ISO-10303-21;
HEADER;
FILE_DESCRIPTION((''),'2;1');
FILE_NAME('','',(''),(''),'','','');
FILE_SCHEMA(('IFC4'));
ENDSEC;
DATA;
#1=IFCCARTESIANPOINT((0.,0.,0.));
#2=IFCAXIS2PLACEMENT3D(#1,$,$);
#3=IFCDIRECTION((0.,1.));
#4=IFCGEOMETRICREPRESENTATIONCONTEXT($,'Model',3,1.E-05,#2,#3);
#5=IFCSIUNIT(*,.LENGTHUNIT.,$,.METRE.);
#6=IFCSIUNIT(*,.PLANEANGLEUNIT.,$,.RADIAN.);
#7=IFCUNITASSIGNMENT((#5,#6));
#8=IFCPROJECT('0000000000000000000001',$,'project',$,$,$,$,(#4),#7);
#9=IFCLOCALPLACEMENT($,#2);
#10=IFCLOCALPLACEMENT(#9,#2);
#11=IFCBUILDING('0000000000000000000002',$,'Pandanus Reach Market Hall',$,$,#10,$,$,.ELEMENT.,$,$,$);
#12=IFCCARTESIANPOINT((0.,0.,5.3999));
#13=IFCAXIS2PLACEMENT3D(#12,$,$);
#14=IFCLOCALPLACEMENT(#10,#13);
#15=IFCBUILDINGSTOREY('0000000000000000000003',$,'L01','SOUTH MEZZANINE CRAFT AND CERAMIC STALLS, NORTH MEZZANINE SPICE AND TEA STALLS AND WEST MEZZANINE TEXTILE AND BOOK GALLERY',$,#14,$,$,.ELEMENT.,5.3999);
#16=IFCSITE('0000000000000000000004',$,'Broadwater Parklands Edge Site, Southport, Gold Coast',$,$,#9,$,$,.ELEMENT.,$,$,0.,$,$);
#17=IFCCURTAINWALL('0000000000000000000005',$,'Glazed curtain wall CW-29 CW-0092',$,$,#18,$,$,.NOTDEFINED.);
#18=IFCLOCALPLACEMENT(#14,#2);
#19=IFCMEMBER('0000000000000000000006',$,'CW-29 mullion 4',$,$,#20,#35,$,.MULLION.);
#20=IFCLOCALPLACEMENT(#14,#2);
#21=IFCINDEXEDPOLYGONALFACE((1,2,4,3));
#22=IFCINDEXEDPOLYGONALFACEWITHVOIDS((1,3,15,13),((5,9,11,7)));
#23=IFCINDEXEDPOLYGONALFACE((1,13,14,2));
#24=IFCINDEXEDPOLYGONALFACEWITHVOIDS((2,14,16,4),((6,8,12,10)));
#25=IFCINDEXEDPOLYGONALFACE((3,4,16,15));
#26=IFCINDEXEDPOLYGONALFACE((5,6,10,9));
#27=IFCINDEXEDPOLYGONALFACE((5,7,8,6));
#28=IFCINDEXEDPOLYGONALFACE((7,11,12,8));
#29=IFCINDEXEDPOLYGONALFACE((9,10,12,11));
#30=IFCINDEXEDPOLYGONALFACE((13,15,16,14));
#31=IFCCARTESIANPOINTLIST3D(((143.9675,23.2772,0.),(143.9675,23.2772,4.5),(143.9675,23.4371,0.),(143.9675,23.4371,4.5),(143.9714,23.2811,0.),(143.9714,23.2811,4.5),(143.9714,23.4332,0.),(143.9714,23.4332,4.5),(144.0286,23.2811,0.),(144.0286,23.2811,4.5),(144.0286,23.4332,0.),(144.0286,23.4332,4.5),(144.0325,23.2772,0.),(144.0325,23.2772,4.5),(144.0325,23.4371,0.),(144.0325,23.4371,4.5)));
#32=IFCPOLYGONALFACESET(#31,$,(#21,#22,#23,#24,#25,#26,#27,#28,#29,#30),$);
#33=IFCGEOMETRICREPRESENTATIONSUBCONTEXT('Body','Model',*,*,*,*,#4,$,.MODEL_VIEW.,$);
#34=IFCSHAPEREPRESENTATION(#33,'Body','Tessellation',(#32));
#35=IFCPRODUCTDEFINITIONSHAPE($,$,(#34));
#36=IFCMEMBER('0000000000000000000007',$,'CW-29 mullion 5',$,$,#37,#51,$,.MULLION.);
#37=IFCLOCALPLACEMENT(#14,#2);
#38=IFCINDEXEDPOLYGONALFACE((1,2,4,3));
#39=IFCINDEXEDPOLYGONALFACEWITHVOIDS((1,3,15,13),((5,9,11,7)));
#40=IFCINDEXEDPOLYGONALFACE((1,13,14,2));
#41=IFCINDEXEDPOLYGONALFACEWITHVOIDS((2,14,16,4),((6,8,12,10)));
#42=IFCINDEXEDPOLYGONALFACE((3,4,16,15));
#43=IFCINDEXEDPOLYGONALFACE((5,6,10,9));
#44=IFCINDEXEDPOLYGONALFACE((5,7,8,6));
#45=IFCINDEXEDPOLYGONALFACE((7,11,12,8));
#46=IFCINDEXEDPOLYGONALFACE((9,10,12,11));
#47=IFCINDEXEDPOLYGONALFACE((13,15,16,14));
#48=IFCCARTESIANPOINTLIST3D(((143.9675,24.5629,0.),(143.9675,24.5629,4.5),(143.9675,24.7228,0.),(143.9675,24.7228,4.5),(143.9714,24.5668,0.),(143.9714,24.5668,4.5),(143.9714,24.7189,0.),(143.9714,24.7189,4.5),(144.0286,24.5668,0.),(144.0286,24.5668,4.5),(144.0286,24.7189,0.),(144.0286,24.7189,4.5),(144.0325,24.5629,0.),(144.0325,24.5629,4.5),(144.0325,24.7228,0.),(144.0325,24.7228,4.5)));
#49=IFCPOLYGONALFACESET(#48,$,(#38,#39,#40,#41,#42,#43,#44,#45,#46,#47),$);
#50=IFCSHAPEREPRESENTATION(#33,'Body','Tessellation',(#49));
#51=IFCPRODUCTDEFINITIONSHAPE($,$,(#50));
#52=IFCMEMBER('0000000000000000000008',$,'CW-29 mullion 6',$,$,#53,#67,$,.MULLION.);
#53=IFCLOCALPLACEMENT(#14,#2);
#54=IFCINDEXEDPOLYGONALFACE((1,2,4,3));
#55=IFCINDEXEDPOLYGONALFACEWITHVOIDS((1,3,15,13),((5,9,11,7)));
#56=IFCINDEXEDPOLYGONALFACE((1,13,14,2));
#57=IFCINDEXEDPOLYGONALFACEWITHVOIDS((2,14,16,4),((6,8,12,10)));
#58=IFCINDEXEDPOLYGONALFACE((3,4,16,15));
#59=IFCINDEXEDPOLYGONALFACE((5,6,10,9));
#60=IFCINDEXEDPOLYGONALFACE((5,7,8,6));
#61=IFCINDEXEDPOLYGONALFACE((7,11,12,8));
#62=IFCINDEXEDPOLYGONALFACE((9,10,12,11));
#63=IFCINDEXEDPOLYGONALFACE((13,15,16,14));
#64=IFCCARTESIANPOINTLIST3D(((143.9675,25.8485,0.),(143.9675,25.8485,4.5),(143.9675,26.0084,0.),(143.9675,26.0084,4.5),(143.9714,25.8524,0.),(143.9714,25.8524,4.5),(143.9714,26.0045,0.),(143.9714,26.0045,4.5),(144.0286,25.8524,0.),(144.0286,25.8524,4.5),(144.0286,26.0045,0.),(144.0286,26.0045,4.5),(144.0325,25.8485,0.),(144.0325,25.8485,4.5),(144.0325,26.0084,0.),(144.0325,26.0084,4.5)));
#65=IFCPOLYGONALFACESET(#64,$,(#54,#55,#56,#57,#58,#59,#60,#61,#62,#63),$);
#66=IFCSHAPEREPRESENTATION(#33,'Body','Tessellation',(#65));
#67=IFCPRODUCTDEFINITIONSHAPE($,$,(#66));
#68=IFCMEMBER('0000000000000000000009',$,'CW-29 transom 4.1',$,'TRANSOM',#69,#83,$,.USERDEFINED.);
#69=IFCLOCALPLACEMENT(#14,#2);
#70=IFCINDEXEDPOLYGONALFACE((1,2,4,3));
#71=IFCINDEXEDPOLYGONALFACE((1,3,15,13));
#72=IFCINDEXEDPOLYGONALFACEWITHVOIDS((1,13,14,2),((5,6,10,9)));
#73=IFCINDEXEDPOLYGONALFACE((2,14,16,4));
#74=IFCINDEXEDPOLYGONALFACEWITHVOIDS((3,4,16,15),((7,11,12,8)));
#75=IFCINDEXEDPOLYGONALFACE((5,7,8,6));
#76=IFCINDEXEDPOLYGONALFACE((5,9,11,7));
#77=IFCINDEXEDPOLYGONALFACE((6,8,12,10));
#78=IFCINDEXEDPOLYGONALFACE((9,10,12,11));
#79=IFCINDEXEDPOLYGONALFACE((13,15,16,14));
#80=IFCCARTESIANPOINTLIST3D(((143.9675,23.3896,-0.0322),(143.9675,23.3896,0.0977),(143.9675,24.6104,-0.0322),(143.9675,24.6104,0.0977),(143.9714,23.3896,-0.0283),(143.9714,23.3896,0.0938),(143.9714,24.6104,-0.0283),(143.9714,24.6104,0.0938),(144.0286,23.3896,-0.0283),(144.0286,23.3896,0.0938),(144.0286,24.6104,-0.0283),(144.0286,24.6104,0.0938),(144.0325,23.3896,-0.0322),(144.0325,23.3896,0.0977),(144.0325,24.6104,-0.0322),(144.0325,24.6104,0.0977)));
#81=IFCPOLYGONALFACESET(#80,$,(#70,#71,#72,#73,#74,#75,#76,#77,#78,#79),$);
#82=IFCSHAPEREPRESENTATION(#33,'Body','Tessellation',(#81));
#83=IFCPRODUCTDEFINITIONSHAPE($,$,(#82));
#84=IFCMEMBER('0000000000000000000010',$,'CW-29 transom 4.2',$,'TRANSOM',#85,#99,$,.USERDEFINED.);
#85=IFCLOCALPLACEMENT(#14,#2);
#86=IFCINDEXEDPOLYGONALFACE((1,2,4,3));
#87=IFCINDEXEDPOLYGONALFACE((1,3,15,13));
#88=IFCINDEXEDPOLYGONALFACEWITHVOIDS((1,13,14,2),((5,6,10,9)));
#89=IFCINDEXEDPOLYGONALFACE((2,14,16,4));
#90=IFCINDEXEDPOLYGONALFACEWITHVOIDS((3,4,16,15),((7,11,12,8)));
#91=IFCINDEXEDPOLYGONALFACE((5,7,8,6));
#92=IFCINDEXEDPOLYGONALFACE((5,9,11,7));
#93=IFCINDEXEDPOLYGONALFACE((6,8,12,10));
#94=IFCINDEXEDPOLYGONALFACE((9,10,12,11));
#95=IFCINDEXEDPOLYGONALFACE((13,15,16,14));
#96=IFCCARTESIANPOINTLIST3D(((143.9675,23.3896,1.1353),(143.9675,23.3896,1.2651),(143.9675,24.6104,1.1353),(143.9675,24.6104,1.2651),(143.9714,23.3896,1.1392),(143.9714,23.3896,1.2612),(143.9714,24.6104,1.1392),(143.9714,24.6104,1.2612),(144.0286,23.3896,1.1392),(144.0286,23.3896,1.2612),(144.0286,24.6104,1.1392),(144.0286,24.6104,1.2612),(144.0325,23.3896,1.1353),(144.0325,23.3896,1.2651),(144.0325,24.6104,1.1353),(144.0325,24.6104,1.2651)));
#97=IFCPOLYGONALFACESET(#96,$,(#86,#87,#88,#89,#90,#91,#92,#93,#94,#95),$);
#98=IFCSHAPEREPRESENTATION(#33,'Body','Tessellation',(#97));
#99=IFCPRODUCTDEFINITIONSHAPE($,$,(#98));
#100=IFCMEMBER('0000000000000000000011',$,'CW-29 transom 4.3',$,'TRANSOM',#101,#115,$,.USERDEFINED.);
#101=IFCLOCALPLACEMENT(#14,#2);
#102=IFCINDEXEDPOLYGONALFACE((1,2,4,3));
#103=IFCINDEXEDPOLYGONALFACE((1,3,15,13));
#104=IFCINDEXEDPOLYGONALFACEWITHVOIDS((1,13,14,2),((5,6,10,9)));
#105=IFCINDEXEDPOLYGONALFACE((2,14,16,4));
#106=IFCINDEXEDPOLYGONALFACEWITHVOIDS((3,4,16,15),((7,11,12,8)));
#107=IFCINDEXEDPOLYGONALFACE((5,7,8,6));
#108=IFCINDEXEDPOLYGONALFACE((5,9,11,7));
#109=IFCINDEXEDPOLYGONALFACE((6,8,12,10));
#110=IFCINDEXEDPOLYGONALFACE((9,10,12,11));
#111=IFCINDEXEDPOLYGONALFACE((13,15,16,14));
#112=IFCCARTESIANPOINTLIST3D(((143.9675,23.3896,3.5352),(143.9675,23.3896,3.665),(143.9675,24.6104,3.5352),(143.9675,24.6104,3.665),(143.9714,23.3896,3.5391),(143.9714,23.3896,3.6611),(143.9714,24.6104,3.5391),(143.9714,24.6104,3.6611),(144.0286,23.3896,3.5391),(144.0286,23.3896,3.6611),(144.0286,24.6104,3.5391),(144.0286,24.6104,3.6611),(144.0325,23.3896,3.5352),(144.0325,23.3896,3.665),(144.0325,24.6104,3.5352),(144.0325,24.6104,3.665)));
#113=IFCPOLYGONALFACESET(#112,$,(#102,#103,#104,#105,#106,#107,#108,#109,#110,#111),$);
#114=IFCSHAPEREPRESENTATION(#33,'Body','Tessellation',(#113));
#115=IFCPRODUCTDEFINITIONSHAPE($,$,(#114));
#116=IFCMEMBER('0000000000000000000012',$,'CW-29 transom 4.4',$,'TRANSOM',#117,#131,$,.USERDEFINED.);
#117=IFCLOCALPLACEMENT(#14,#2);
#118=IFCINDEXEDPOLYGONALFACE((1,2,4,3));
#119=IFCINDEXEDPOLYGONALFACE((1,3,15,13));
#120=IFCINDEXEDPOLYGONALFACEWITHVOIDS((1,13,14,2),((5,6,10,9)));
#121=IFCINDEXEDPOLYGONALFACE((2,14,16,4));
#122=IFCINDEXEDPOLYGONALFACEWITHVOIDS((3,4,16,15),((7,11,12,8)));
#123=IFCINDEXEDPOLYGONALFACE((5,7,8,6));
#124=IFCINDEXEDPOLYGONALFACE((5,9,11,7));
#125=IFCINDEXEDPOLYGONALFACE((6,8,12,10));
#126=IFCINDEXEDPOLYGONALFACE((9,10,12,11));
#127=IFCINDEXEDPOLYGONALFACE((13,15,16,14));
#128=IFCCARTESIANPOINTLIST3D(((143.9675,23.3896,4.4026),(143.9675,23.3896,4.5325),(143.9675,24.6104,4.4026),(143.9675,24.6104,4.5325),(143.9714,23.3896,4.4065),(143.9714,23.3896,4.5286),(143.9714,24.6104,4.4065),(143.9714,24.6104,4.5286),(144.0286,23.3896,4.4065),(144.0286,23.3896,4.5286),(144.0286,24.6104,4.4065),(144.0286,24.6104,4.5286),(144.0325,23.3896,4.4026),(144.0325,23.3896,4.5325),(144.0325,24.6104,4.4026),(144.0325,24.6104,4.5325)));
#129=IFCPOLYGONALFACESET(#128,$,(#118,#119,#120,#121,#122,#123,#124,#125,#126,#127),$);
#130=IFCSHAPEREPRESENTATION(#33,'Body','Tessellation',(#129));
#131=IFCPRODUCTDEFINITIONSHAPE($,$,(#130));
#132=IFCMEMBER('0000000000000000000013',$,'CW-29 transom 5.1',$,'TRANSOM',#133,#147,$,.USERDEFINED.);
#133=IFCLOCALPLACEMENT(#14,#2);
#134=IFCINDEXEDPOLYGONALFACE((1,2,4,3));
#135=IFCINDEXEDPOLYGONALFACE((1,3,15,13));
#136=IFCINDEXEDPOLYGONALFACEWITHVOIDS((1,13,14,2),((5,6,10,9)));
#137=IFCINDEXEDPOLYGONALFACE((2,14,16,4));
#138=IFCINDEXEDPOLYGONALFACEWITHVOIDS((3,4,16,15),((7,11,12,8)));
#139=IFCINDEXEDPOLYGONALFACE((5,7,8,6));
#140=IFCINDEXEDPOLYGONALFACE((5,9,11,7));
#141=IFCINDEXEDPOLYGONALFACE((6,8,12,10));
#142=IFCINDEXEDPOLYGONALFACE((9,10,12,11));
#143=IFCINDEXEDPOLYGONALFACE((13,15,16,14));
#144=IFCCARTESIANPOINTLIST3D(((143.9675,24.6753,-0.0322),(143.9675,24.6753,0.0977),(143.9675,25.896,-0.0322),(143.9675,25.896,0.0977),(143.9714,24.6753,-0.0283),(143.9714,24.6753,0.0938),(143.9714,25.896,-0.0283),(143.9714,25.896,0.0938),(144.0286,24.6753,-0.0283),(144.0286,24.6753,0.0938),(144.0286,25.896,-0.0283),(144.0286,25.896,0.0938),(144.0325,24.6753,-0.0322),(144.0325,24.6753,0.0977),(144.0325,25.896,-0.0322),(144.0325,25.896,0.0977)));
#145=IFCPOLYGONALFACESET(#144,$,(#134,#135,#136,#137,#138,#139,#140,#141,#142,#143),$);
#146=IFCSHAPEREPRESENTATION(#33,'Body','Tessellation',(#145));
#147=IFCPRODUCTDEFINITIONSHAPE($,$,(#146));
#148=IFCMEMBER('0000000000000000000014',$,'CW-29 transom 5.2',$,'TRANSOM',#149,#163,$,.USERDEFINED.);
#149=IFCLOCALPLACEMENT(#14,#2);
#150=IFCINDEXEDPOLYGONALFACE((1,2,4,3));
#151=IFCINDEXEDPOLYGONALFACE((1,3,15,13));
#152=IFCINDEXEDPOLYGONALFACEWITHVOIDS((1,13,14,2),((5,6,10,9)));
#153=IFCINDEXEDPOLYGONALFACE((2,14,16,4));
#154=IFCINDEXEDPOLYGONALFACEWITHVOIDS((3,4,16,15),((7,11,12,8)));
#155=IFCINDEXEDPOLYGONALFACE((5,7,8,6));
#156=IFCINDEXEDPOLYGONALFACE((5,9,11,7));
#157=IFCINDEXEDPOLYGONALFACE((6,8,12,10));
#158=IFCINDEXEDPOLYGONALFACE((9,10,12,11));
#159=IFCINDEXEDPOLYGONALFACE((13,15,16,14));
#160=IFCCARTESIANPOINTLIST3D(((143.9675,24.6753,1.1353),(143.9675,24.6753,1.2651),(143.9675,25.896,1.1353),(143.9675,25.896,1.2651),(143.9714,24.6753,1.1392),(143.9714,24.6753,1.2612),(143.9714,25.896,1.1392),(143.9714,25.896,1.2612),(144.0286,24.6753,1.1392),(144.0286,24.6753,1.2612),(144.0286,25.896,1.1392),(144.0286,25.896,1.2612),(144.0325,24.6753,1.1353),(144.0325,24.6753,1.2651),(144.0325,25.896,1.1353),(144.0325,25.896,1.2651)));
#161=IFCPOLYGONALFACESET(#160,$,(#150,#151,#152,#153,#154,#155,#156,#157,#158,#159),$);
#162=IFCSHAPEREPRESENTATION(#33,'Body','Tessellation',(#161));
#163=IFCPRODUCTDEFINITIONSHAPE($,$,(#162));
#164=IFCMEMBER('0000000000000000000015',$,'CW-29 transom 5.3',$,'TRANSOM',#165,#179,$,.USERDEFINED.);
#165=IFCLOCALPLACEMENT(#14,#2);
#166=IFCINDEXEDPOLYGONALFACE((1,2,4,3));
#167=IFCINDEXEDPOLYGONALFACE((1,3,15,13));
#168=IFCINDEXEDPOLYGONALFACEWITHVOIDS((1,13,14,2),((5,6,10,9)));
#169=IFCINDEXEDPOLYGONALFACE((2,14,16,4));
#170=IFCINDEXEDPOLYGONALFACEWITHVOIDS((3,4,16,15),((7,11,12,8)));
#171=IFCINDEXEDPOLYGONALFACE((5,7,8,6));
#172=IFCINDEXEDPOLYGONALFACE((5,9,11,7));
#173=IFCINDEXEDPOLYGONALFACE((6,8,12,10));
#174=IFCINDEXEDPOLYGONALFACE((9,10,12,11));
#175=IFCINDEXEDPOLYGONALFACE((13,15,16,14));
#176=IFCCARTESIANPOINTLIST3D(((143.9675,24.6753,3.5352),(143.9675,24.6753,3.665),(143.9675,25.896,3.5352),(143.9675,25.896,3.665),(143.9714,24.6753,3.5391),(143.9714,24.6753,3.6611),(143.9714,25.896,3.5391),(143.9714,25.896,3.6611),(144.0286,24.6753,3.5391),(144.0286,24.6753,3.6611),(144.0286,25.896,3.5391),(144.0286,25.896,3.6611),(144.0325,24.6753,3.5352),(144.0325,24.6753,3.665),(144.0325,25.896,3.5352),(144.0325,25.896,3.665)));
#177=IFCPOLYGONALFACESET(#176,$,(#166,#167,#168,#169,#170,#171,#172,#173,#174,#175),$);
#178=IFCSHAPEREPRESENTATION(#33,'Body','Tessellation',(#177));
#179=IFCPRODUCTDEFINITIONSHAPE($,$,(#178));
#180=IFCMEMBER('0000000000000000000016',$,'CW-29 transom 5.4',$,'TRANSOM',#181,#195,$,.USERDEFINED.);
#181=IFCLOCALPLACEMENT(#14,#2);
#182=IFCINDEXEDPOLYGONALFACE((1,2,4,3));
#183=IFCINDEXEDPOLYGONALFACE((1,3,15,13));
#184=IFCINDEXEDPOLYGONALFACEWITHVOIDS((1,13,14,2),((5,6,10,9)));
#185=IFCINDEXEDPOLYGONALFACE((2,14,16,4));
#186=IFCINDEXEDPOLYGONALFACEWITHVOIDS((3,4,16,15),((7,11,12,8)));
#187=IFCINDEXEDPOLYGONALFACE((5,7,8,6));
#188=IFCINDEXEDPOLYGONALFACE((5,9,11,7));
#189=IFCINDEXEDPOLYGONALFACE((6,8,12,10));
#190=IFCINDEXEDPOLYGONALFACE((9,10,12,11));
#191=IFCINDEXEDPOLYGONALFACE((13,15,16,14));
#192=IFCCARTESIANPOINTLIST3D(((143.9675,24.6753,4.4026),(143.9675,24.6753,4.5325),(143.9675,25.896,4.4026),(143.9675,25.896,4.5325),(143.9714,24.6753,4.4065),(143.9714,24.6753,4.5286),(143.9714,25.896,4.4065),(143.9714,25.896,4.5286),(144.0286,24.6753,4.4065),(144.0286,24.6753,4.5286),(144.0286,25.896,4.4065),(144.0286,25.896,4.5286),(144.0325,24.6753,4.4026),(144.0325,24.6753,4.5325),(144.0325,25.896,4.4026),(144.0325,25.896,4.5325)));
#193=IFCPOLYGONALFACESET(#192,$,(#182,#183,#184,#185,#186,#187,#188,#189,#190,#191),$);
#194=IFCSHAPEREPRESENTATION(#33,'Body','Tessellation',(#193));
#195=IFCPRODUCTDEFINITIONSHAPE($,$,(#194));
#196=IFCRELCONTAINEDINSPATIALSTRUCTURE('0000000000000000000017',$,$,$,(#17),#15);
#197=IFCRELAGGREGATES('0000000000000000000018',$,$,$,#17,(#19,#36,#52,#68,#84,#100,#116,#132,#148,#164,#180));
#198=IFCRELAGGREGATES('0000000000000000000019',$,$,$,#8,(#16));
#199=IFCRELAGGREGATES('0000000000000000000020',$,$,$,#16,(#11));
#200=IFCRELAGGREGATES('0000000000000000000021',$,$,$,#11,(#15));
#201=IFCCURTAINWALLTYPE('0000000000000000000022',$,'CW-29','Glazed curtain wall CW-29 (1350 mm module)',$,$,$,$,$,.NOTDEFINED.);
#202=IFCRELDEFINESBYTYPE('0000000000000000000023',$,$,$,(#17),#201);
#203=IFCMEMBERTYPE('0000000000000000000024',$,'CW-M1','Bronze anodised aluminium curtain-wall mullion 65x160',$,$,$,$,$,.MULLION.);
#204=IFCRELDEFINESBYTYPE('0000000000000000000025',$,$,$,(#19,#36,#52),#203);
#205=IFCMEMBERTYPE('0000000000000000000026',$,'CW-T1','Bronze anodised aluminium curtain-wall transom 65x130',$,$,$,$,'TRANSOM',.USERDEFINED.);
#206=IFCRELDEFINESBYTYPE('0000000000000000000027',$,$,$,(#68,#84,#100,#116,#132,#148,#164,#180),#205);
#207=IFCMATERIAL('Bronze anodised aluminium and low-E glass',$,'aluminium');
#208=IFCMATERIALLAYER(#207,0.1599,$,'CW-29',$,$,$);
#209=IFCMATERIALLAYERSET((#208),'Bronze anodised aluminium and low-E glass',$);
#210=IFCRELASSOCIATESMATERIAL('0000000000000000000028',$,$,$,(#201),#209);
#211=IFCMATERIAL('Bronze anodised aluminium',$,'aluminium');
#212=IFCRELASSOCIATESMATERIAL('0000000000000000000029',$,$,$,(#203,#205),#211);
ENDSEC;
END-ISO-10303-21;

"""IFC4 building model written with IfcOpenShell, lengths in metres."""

from ifc_helpers import new_model, si_unit, direction, frame, origin, origin_2d, place, context, subcontext, project, spatial, hollow_rectangle, extrude, material, layer, layer_set, material_profile, profile_set, type_object, element, aggregate, save


model = new_model("IFC4")

# Units and contexts
model_context = context("Model", 3, precision=1e-05, world=origin(), true_north=direction((0.0, 1.0)))
body_context = subcontext(model_context, "Body", "Model", "MODEL_VIEW")
ifc_project = project(units=[si_unit("LENGTHUNIT", "METRE"), si_unit("PLANEANGLEUNIT", "RADIAN")], contexts=[model_context])

# Site, building, storey
site_placement = place(None, origin())
site = spatial("IfcSite", under=ifc_project, at=site_placement, Name="Broadwater Parklands Edge Site, Southport, Gold Coast", CompositionType="ELEMENT", RefElevation=0.0)
building_placement = place(site_placement, origin())
building = spatial("IfcBuilding", under=site, at=building_placement, Name="Pandanus Reach Market Hall", CompositionType="ELEMENT")
storey_placement = place(building_placement, frame((0.0, 0.0, 5.3999)))
storey = spatial("IfcBuildingStorey", under=building, at=storey_placement, Name="L01", Description="SOUTH MEZZANINE CRAFT AND CERAMIC STALLS, NORTH MEZZANINE SPICE AND TEA STALLS AND WEST MEZZANINE TEXTILE AND BOOK GALLERY", CompositionType="ELEMENT", Elevation=5.3999)

# Curtain wall, members
ifc_material_1 = material(Name="Bronze anodised aluminium and low-E glass", Category="aluminium")
ifc_layer_1 = layer(ifc_material_1, 0.1599, Name="CW-29")
ifc_layer_set_1 = layer_set([ifc_layer_1], Name="Bronze anodised aluminium and low-E glass")
curtain_wall_type = type_object("IfcCurtainWallType", Name="CW-29", Description="Glazed curtain wall CW-29 (1350 mm module)", PredefinedType="NOTDEFINED", material=ifc_layer_set_1)
curtain_wall_placement = place(storey_placement, origin())
curtain_wall = element("IfcCurtainWall", 1, at=curtain_wall_placement, inside=storey, type_object=curtain_wall_type, Name="Glazed curtain wall CW-29 CW-0092", PredefinedType="NOTDEFINED")
ifc_material_2 = material(Name="Bronze anodised aluminium", Category="aluminium")
ifc_material_profile_1 = material_profile(ifc_material_2, hollow_rectangle(XDim=0.0649, YDim=0.1599, WallThickness=0.0039, at=origin_2d()), Name="ALU65x160", Category="LoadBearing")
ifc_profile_set_1 = profile_set([ifc_material_profile_1], Name="Bronze anodised aluminium")
member_type_1 = type_object("IfcMemberType", Name="CW-M1", Description="Bronze anodised aluminium curtain-wall mullion 65x160", PredefinedType="MULLION", material=ifc_profile_set_1)
member_1_placement = place(storey_placement, frame((144.0, 23.3572, 0.0), z_axis=(0.0, 0.0, 1.0), x_axis=(-1.0, 0.0, 0.0)))
member_1 = element("IfcMember", 2, at=member_1_placement, type_object=member_type_1, Name="CW-29 mullion 4", PredefinedType="MULLION", context=body_context, shape_type="SweptSolid", body=[
    extrude(hollow_rectangle(XDim=0.0649, YDim=0.1599, WallThickness=0.0039, at=origin_2d()), origin(), (0.0, 0.0, 1.0), 4.5),
])
member_2_placement = place(storey_placement, frame((144.0, 24.6428, 0.0), z_axis=(0.0, 0.0, 1.0), x_axis=(-1.0, 0.0, 0.0)))
member_2 = element("IfcMember", 3, at=member_2_placement, type_object=member_type_1, Name="CW-29 mullion 5", PredefinedType="MULLION", context=body_context, shape_type="SweptSolid", body=[
    extrude(hollow_rectangle(XDim=0.0649, YDim=0.1599, WallThickness=0.0039, at=origin_2d()), origin(), (0.0, 0.0, 1.0), 4.5),
])
member_3_placement = place(storey_placement, frame((144.0, 25.9285, 0.0), z_axis=(0.0, 0.0, 1.0), x_axis=(-1.0, 0.0, 0.0)))
member_3 = element("IfcMember", 4, at=member_3_placement, type_object=member_type_1, Name="CW-29 mullion 6", PredefinedType="MULLION", context=body_context, shape_type="SweptSolid", body=[
    extrude(hollow_rectangle(XDim=0.0649, YDim=0.1599, WallThickness=0.0039, at=origin_2d()), origin(), (0.0, 0.0, 1.0), 4.5),
])
ifc_material_profile_2 = material_profile(ifc_material_2, hollow_rectangle(XDim=0.0649, YDim=0.1299, WallThickness=0.0039, at=origin_2d()), Name="ALU65x130", Category="LoadBearing")
ifc_profile_set_2 = profile_set([ifc_material_profile_2], Name="Bronze anodised aluminium")
member_type_2 = type_object("IfcMemberType", Name="CW-T1", Description="Bronze anodised aluminium curtain-wall transom 65x130", ElementType="TRANSOM", PredefinedType="USERDEFINED", material=ifc_profile_set_2)
member_4_placement = place(storey_placement, frame((144.0, 23.3896, 0.0327), z_axis=(0.0, 1.0, 0.0), x_axis=(-1.0, 0.0, 0.0)))
member_4 = element("IfcMember", 5, at=member_4_placement, type_object=member_type_2, Name="CW-29 transom 4.1", ObjectType="TRANSOM", PredefinedType="USERDEFINED", context=body_context, shape_type="SweptSolid", body=[
    extrude(hollow_rectangle(XDim=0.0649, YDim=0.1299, WallThickness=0.0039, at=origin_2d()), origin(), (0.0, 0.0, 1.0), 1.2207),
])
member_5_placement = place(storey_placement, frame((144.0, 23.3896, 1.2002), z_axis=(0.0, 1.0, 0.0), x_axis=(-1.0, 0.0, 0.0)))
member_5 = element("IfcMember", 6, at=member_5_placement, type_object=member_type_2, Name="CW-29 transom 4.2", ObjectType="TRANSOM", PredefinedType="USERDEFINED", context=body_context, shape_type="SweptSolid", body=[
    extrude(hollow_rectangle(XDim=0.0649, YDim=0.1299, WallThickness=0.0039, at=origin_2d()), origin(), (0.0, 0.0, 1.0), 1.2207),
])
member_6_placement = place(storey_placement, frame((144.0, 23.3896, 3.6001), z_axis=(0.0, 1.0, 0.0), x_axis=(-1.0, 0.0, 0.0)))
member_6 = element("IfcMember", 7, at=member_6_placement, type_object=member_type_2, Name="CW-29 transom 4.3", ObjectType="TRANSOM", PredefinedType="USERDEFINED", context=body_context, shape_type="SweptSolid", body=[
    extrude(hollow_rectangle(XDim=0.0649, YDim=0.1299, WallThickness=0.0039, at=origin_2d()), origin(), (0.0, 0.0, 1.0), 1.2207),
])
member_7_placement = place(storey_placement, frame((144.0, 23.3896, 4.4675), z_axis=(0.0, 1.0, 0.0), x_axis=(-1.0, 0.0, 0.0)))
member_7 = element("IfcMember", 8, at=member_7_placement, type_object=member_type_2, Name="CW-29 transom 4.4", ObjectType="TRANSOM", PredefinedType="USERDEFINED", context=body_context, shape_type="SweptSolid", body=[
    extrude(hollow_rectangle(XDim=0.0649, YDim=0.1299, WallThickness=0.0039, at=origin_2d()), origin(), (0.0, 0.0, 1.0), 1.2207),
])
member_8_placement = place(storey_placement, frame((144.0, 24.6753, 0.0327), z_axis=(0.0, 1.0, 0.0), x_axis=(-1.0, 0.0, 0.0)))
member_8 = element("IfcMember", 9, at=member_8_placement, type_object=member_type_2, Name="CW-29 transom 5.1", ObjectType="TRANSOM", PredefinedType="USERDEFINED", context=body_context, shape_type="SweptSolid", body=[
    extrude(hollow_rectangle(XDim=0.0649, YDim=0.1299, WallThickness=0.0039, at=origin_2d()), origin(), (0.0, 0.0, 1.0), 1.2207),
])
member_9_placement = place(storey_placement, frame((144.0, 24.6753, 1.2002), z_axis=(0.0, 1.0, 0.0), x_axis=(-1.0, 0.0, 0.0)))
member_9 = element("IfcMember", 10, at=member_9_placement, type_object=member_type_2, Name="CW-29 transom 5.2", ObjectType="TRANSOM", PredefinedType="USERDEFINED", context=body_context, shape_type="SweptSolid", body=[
    extrude(hollow_rectangle(XDim=0.0649, YDim=0.1299, WallThickness=0.0039, at=origin_2d()), origin(), (0.0, 0.0, 1.0), 1.2207),
])
member_10_placement = place(storey_placement, frame((144.0, 24.6753, 3.6001), z_axis=(0.0, 1.0, 0.0), x_axis=(-1.0, 0.0, 0.0)))
member_10 = element("IfcMember", 11, at=member_10_placement, type_object=member_type_2, Name="CW-29 transom 5.3", ObjectType="TRANSOM", PredefinedType="USERDEFINED", context=body_context, shape_type="SweptSolid", body=[
    extrude(hollow_rectangle(XDim=0.0649, YDim=0.1299, WallThickness=0.0039, at=origin_2d()), origin(), (0.0, 0.0, 1.0), 1.2207),
])
member_11_placement = place(storey_placement, frame((144.0, 24.6753, 4.4675), z_axis=(0.0, 1.0, 0.0), x_axis=(-1.0, 0.0, 0.0)))
member_11 = element("IfcMember", 12, at=member_11_placement, type_object=member_type_2, Name="CW-29 transom 5.4", ObjectType="TRANSOM", PredefinedType="USERDEFINED", context=body_context, shape_type="SweptSolid", body=[
    extrude(hollow_rectangle(XDim=0.0649, YDim=0.1299, WallThickness=0.0039, at=origin_2d()), origin(), (0.0, 0.0, 1.0), 1.2207),
])
aggregate(curtain_wall, [member_1, member_2, member_3, member_4, member_5, member_6, member_7, member_8, member_9, member_10, member_11])

save(model, "model.ifc")
